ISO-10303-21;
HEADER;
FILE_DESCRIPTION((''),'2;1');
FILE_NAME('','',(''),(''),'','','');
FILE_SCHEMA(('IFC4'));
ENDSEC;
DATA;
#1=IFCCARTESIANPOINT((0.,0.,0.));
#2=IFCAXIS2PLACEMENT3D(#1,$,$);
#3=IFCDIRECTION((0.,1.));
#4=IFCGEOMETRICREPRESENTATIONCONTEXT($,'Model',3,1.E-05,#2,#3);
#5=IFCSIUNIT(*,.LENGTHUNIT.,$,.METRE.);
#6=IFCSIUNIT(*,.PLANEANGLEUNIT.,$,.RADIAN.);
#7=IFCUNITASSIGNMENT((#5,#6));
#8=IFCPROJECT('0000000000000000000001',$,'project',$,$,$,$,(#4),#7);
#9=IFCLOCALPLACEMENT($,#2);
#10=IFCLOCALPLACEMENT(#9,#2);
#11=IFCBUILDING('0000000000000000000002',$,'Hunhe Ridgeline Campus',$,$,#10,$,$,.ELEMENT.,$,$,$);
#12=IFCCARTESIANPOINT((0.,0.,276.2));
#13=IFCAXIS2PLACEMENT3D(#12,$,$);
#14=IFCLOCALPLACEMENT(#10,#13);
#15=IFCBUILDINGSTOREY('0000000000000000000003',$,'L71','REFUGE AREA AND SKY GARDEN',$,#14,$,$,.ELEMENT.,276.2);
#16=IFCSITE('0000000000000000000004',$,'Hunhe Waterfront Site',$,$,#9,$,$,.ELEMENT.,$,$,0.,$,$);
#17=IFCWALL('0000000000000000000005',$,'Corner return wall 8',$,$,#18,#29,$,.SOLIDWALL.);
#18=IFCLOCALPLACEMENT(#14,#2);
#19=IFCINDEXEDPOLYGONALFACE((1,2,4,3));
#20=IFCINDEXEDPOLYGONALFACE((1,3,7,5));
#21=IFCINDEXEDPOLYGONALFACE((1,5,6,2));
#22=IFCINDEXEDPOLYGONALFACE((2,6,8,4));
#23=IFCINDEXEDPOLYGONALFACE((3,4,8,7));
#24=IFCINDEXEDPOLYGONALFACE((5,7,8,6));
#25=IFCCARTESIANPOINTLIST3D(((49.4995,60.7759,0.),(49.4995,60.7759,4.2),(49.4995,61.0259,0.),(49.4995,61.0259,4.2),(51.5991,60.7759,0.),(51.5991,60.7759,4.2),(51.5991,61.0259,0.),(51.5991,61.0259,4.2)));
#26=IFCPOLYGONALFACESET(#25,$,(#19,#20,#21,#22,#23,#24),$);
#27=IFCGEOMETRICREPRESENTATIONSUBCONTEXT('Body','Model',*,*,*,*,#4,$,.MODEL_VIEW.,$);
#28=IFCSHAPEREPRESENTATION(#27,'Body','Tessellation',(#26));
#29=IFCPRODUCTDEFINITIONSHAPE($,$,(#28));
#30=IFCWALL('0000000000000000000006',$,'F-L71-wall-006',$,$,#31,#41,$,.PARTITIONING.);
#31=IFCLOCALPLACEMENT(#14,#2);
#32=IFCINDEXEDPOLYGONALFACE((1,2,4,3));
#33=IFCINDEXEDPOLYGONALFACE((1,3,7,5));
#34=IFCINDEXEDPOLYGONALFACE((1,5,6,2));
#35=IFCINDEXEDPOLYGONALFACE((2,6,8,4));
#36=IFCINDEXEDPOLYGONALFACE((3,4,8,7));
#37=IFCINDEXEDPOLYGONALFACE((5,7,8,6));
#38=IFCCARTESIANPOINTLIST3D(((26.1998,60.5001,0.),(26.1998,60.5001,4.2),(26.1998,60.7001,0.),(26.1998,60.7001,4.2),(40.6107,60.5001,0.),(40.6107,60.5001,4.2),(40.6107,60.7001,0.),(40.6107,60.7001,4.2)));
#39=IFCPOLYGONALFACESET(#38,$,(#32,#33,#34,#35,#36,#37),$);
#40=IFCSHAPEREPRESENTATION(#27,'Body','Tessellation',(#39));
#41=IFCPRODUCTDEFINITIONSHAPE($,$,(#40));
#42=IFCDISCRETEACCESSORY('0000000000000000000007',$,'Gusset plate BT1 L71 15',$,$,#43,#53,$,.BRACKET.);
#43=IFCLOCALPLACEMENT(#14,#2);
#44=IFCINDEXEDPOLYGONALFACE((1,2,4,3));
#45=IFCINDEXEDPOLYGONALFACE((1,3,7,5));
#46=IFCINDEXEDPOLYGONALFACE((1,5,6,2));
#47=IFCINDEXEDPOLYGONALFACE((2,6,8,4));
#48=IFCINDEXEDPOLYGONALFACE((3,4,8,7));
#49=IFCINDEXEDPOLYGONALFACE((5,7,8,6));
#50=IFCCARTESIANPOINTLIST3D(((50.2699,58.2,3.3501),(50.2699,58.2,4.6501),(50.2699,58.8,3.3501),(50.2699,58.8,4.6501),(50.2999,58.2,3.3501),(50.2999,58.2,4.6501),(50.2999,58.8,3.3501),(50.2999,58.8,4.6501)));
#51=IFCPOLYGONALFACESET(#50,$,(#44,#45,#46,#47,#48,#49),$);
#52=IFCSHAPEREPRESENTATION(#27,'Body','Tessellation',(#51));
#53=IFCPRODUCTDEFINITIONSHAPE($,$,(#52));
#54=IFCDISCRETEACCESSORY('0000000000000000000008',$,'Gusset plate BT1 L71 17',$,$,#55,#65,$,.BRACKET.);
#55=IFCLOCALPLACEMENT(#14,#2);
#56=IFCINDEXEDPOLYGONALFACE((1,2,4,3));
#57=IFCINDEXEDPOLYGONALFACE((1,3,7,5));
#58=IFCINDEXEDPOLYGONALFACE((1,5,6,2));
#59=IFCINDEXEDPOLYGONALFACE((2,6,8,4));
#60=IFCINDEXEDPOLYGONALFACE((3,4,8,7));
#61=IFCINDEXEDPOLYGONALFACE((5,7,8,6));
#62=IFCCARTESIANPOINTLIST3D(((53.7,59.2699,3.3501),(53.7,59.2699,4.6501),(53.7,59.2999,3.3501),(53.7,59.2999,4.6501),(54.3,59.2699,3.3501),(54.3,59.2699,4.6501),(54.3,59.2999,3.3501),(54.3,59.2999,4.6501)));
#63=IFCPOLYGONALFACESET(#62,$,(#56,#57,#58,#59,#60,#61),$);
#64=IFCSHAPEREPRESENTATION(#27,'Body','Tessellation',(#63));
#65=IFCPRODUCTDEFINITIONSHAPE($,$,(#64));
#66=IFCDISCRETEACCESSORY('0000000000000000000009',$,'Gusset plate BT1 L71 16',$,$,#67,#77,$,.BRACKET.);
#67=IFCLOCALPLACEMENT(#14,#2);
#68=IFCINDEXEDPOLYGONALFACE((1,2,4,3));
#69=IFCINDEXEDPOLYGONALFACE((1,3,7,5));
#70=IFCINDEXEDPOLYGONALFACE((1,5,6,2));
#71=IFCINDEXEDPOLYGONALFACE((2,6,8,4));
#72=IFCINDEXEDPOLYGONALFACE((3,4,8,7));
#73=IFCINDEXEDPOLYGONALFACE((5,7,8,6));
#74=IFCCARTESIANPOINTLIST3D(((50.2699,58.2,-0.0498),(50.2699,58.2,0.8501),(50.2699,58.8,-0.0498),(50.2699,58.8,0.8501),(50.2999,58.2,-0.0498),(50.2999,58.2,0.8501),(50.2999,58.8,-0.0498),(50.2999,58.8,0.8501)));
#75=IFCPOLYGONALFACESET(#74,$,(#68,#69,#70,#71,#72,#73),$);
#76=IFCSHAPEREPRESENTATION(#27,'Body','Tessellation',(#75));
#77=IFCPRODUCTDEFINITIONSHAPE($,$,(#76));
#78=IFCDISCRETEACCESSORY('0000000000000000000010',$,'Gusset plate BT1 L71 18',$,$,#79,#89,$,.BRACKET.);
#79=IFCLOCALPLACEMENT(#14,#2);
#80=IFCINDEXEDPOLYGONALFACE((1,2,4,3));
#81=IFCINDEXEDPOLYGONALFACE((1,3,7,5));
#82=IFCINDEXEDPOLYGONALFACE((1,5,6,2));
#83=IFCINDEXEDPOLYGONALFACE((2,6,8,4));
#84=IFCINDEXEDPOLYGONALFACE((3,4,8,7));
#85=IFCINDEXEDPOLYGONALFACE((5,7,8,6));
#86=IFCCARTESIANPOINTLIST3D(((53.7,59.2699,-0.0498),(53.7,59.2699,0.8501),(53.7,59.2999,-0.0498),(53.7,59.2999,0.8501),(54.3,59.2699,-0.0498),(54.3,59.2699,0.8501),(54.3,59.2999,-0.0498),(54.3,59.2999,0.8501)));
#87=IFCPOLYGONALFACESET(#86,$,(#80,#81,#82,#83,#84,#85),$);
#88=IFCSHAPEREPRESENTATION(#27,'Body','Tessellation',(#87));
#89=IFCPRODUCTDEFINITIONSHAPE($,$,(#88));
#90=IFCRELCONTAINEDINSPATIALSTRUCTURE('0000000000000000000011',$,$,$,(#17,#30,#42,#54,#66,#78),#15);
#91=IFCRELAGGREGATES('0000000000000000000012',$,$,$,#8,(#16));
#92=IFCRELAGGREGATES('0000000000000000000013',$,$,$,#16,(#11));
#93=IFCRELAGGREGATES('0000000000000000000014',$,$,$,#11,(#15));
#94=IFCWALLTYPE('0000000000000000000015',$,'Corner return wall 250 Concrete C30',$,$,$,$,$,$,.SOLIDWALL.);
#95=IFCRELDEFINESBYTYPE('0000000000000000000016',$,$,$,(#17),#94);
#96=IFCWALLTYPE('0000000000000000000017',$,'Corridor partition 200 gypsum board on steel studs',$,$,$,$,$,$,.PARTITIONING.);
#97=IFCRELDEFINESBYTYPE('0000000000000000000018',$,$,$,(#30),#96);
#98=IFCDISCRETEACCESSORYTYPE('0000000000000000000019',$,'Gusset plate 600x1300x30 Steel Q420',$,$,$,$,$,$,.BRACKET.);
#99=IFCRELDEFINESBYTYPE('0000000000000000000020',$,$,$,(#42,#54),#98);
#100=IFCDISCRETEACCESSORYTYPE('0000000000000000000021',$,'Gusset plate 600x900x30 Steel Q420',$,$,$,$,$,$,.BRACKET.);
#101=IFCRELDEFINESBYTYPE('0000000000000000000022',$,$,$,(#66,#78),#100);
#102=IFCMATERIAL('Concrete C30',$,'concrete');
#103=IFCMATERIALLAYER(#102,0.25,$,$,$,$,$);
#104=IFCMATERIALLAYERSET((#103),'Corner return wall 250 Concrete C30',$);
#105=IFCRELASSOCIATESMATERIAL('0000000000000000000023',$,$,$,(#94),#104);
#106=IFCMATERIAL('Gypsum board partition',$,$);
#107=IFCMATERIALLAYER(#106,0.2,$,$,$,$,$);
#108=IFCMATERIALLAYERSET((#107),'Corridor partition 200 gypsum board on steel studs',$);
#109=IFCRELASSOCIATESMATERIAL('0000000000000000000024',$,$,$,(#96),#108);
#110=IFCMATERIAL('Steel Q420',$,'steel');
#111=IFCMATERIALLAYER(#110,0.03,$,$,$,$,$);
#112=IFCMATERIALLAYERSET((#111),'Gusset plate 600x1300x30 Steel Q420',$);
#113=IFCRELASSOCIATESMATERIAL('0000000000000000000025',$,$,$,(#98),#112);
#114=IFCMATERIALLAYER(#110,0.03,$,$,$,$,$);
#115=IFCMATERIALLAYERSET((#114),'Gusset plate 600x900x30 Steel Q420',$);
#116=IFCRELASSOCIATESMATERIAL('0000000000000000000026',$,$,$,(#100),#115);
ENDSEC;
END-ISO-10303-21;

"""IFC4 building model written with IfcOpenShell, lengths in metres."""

from ifc_helpers import new_model, si_unit, direction, frame, frame_2d, origin, origin_2d, place, context, subcontext, project, spatial, rectangle, extrude, material, layer, layer_set, type_object, element, save


model = new_model("IFC4")

# Units and contexts
model_context = context("Model", 3, precision=1e-05, world=origin(), true_north=direction((0.0, 1.0)))
body_context = subcontext(model_context, "Body", "Model", "MODEL_VIEW")
ifc_project = project(units=[si_unit("LENGTHUNIT", "METRE"), si_unit("PLANEANGLEUNIT", "RADIAN")], contexts=[model_context])

# Site, building, storey
site_placement = place(None, origin())
site = spatial("IfcSite", under=ifc_project, at=site_placement, Name="Hunhe Waterfront Site", CompositionType="ELEMENT", RefElevation=0.0)
building_placement = place(site_placement, origin())
building = spatial("IfcBuilding", under=site, at=building_placement, Name="Hunhe Ridgeline Campus", CompositionType="ELEMENT")
storey_placement = place(building_placement, frame((0.0, 0.0, 276.2)))
storey = spatial("IfcBuildingStorey", under=building, at=storey_placement, Name="L71", Description="REFUGE AREA AND SKY GARDEN", CompositionType="ELEMENT", Elevation=276.2)

# Shared definitions
ifc_material_1 = material(Name="Steel Q420", Category="steel")

# Walls
ifc_material_2 = material(Name="Concrete C30", Category="concrete")
ifc_layer_1 = layer(ifc_material_2, 0.25)
ifc_layer_set_1 = layer_set([ifc_layer_1], Name="Corner return wall 250 Concrete C30")
wall_type_1 = type_object("IfcWallType", Name="Corner return wall 250 Concrete C30", PredefinedType="SOLIDWALL", material=ifc_layer_set_1)
wall_1_placement = place(storey_placement, frame((49.4995, 60.9009, 0.0), z_axis=(0.0, 0.0, 1.0), x_axis=(1.0, 0.0, 0.0)))
element("IfcWall", 1, at=wall_1_placement, inside=storey, type_object=wall_type_1, Name="Corner return wall 8", PredefinedType="SOLIDWALL", context=body_context, shape_type="SweptSolid", body=[
    extrude(rectangle(XDim=2.0996, YDim=0.25, at=frame_2d((1.0498, 0.0))), origin(), (0.0, 0.0, 1.0), 4.2),
])
ifc_material_3 = material(Name="Gypsum board partition")
ifc_layer_2 = layer(ifc_material_3, 0.2)
ifc_layer_set_2 = layer_set([ifc_layer_2], Name="Corridor partition 200 gypsum board on steel studs")
wall_type_2 = type_object("IfcWallType", Name="Corridor partition 200 gypsum board on steel studs", PredefinedType="PARTITIONING", material=ifc_layer_set_2)
wall_2_placement = place(storey_placement, frame((40.6108, 60.6001, 0.0), z_axis=(0.0, 0.0, 1.0), x_axis=(-1.0, 0.0, 0.0)))
element("IfcWall", 2, at=wall_2_placement, inside=storey, type_object=wall_type_2, Name="F-L71-wall-006", PredefinedType="PARTITIONING", context=body_context, shape_type="SweptSolid", body=[
    extrude(rectangle(XDim=14.4109, YDim=0.2, at=frame_2d((7.2056, 0.0))), origin(), (0.0, 0.0, 1.0), 4.2),
])

# Discrete accessories
ifc_layer_3 = layer(ifc_material_1, 0.03)
ifc_layer_set_3 = layer_set([ifc_layer_3], Name="Gusset plate 600x1300x30 Steel Q420")
discrete_accessory_type_1 = type_object("IfcDiscreteAccessoryType", Name="Gusset plate 600x1300x30 Steel Q420", PredefinedType="BRACKET", material=ifc_layer_set_3)
for number, where, z_axis, x_axis, name in (
    (3, (50.2849, 58.5, 3.3501), (0.0, 0.0, 1.0), (-1.0, 0.0, 0.0), "Gusset plate BT1 L71 15"),
    (4, (54.0, 59.2849, 3.3501), (0.0, 0.0, 1.0), (0.0, -1.0, 0.0), "Gusset plate BT1 L71 17"),
):
    element("IfcDiscreteAccessory", number, at=place(storey_placement, frame(where, z_axis=z_axis, x_axis=x_axis)), inside=storey, type_object=discrete_accessory_type_1, Name=name, PredefinedType="BRACKET", context=body_context, shape_type="SweptSolid", body=[
        extrude(rectangle(XDim=0.03, YDim=0.6001, at=origin_2d()), origin(), (0.0, 0.0, 1.0), 1.3),
    ])
ifc_layer_4 = layer(ifc_material_1, 0.03)
ifc_layer_set_4 = layer_set([ifc_layer_4], Name="Gusset plate 600x900x30 Steel Q420")
discrete_accessory_type_2 = type_object("IfcDiscreteAccessoryType", Name="Gusset plate 600x900x30 Steel Q420", PredefinedType="BRACKET", material=ifc_layer_set_4)
for number, where, z_axis, x_axis, name in (
    (5, (50.2849, 58.5, -0.0498), (0.0, 0.0, 1.0), (-1.0, 0.0, 0.0), "Gusset plate BT1 L71 16"),
    (6, (54.0, 59.2849, -0.0498), (0.0, 0.0, 1.0), (0.0, -1.0, 0.0), "Gusset plate BT1 L71 18"),
):
    element("IfcDiscreteAccessory", number, at=place(storey_placement, frame(where, z_axis=z_axis, x_axis=x_axis)), inside=storey, type_object=discrete_accessory_type_2, Name=name, PredefinedType="BRACKET", context=body_context, shape_type="SweptSolid", body=[
        extrude(rectangle(XDim=0.03, YDim=0.6001, at=origin_2d()), origin(), (0.0, 0.0, 1.0), 0.8999),
    ])

save(model, "model.ifc")
